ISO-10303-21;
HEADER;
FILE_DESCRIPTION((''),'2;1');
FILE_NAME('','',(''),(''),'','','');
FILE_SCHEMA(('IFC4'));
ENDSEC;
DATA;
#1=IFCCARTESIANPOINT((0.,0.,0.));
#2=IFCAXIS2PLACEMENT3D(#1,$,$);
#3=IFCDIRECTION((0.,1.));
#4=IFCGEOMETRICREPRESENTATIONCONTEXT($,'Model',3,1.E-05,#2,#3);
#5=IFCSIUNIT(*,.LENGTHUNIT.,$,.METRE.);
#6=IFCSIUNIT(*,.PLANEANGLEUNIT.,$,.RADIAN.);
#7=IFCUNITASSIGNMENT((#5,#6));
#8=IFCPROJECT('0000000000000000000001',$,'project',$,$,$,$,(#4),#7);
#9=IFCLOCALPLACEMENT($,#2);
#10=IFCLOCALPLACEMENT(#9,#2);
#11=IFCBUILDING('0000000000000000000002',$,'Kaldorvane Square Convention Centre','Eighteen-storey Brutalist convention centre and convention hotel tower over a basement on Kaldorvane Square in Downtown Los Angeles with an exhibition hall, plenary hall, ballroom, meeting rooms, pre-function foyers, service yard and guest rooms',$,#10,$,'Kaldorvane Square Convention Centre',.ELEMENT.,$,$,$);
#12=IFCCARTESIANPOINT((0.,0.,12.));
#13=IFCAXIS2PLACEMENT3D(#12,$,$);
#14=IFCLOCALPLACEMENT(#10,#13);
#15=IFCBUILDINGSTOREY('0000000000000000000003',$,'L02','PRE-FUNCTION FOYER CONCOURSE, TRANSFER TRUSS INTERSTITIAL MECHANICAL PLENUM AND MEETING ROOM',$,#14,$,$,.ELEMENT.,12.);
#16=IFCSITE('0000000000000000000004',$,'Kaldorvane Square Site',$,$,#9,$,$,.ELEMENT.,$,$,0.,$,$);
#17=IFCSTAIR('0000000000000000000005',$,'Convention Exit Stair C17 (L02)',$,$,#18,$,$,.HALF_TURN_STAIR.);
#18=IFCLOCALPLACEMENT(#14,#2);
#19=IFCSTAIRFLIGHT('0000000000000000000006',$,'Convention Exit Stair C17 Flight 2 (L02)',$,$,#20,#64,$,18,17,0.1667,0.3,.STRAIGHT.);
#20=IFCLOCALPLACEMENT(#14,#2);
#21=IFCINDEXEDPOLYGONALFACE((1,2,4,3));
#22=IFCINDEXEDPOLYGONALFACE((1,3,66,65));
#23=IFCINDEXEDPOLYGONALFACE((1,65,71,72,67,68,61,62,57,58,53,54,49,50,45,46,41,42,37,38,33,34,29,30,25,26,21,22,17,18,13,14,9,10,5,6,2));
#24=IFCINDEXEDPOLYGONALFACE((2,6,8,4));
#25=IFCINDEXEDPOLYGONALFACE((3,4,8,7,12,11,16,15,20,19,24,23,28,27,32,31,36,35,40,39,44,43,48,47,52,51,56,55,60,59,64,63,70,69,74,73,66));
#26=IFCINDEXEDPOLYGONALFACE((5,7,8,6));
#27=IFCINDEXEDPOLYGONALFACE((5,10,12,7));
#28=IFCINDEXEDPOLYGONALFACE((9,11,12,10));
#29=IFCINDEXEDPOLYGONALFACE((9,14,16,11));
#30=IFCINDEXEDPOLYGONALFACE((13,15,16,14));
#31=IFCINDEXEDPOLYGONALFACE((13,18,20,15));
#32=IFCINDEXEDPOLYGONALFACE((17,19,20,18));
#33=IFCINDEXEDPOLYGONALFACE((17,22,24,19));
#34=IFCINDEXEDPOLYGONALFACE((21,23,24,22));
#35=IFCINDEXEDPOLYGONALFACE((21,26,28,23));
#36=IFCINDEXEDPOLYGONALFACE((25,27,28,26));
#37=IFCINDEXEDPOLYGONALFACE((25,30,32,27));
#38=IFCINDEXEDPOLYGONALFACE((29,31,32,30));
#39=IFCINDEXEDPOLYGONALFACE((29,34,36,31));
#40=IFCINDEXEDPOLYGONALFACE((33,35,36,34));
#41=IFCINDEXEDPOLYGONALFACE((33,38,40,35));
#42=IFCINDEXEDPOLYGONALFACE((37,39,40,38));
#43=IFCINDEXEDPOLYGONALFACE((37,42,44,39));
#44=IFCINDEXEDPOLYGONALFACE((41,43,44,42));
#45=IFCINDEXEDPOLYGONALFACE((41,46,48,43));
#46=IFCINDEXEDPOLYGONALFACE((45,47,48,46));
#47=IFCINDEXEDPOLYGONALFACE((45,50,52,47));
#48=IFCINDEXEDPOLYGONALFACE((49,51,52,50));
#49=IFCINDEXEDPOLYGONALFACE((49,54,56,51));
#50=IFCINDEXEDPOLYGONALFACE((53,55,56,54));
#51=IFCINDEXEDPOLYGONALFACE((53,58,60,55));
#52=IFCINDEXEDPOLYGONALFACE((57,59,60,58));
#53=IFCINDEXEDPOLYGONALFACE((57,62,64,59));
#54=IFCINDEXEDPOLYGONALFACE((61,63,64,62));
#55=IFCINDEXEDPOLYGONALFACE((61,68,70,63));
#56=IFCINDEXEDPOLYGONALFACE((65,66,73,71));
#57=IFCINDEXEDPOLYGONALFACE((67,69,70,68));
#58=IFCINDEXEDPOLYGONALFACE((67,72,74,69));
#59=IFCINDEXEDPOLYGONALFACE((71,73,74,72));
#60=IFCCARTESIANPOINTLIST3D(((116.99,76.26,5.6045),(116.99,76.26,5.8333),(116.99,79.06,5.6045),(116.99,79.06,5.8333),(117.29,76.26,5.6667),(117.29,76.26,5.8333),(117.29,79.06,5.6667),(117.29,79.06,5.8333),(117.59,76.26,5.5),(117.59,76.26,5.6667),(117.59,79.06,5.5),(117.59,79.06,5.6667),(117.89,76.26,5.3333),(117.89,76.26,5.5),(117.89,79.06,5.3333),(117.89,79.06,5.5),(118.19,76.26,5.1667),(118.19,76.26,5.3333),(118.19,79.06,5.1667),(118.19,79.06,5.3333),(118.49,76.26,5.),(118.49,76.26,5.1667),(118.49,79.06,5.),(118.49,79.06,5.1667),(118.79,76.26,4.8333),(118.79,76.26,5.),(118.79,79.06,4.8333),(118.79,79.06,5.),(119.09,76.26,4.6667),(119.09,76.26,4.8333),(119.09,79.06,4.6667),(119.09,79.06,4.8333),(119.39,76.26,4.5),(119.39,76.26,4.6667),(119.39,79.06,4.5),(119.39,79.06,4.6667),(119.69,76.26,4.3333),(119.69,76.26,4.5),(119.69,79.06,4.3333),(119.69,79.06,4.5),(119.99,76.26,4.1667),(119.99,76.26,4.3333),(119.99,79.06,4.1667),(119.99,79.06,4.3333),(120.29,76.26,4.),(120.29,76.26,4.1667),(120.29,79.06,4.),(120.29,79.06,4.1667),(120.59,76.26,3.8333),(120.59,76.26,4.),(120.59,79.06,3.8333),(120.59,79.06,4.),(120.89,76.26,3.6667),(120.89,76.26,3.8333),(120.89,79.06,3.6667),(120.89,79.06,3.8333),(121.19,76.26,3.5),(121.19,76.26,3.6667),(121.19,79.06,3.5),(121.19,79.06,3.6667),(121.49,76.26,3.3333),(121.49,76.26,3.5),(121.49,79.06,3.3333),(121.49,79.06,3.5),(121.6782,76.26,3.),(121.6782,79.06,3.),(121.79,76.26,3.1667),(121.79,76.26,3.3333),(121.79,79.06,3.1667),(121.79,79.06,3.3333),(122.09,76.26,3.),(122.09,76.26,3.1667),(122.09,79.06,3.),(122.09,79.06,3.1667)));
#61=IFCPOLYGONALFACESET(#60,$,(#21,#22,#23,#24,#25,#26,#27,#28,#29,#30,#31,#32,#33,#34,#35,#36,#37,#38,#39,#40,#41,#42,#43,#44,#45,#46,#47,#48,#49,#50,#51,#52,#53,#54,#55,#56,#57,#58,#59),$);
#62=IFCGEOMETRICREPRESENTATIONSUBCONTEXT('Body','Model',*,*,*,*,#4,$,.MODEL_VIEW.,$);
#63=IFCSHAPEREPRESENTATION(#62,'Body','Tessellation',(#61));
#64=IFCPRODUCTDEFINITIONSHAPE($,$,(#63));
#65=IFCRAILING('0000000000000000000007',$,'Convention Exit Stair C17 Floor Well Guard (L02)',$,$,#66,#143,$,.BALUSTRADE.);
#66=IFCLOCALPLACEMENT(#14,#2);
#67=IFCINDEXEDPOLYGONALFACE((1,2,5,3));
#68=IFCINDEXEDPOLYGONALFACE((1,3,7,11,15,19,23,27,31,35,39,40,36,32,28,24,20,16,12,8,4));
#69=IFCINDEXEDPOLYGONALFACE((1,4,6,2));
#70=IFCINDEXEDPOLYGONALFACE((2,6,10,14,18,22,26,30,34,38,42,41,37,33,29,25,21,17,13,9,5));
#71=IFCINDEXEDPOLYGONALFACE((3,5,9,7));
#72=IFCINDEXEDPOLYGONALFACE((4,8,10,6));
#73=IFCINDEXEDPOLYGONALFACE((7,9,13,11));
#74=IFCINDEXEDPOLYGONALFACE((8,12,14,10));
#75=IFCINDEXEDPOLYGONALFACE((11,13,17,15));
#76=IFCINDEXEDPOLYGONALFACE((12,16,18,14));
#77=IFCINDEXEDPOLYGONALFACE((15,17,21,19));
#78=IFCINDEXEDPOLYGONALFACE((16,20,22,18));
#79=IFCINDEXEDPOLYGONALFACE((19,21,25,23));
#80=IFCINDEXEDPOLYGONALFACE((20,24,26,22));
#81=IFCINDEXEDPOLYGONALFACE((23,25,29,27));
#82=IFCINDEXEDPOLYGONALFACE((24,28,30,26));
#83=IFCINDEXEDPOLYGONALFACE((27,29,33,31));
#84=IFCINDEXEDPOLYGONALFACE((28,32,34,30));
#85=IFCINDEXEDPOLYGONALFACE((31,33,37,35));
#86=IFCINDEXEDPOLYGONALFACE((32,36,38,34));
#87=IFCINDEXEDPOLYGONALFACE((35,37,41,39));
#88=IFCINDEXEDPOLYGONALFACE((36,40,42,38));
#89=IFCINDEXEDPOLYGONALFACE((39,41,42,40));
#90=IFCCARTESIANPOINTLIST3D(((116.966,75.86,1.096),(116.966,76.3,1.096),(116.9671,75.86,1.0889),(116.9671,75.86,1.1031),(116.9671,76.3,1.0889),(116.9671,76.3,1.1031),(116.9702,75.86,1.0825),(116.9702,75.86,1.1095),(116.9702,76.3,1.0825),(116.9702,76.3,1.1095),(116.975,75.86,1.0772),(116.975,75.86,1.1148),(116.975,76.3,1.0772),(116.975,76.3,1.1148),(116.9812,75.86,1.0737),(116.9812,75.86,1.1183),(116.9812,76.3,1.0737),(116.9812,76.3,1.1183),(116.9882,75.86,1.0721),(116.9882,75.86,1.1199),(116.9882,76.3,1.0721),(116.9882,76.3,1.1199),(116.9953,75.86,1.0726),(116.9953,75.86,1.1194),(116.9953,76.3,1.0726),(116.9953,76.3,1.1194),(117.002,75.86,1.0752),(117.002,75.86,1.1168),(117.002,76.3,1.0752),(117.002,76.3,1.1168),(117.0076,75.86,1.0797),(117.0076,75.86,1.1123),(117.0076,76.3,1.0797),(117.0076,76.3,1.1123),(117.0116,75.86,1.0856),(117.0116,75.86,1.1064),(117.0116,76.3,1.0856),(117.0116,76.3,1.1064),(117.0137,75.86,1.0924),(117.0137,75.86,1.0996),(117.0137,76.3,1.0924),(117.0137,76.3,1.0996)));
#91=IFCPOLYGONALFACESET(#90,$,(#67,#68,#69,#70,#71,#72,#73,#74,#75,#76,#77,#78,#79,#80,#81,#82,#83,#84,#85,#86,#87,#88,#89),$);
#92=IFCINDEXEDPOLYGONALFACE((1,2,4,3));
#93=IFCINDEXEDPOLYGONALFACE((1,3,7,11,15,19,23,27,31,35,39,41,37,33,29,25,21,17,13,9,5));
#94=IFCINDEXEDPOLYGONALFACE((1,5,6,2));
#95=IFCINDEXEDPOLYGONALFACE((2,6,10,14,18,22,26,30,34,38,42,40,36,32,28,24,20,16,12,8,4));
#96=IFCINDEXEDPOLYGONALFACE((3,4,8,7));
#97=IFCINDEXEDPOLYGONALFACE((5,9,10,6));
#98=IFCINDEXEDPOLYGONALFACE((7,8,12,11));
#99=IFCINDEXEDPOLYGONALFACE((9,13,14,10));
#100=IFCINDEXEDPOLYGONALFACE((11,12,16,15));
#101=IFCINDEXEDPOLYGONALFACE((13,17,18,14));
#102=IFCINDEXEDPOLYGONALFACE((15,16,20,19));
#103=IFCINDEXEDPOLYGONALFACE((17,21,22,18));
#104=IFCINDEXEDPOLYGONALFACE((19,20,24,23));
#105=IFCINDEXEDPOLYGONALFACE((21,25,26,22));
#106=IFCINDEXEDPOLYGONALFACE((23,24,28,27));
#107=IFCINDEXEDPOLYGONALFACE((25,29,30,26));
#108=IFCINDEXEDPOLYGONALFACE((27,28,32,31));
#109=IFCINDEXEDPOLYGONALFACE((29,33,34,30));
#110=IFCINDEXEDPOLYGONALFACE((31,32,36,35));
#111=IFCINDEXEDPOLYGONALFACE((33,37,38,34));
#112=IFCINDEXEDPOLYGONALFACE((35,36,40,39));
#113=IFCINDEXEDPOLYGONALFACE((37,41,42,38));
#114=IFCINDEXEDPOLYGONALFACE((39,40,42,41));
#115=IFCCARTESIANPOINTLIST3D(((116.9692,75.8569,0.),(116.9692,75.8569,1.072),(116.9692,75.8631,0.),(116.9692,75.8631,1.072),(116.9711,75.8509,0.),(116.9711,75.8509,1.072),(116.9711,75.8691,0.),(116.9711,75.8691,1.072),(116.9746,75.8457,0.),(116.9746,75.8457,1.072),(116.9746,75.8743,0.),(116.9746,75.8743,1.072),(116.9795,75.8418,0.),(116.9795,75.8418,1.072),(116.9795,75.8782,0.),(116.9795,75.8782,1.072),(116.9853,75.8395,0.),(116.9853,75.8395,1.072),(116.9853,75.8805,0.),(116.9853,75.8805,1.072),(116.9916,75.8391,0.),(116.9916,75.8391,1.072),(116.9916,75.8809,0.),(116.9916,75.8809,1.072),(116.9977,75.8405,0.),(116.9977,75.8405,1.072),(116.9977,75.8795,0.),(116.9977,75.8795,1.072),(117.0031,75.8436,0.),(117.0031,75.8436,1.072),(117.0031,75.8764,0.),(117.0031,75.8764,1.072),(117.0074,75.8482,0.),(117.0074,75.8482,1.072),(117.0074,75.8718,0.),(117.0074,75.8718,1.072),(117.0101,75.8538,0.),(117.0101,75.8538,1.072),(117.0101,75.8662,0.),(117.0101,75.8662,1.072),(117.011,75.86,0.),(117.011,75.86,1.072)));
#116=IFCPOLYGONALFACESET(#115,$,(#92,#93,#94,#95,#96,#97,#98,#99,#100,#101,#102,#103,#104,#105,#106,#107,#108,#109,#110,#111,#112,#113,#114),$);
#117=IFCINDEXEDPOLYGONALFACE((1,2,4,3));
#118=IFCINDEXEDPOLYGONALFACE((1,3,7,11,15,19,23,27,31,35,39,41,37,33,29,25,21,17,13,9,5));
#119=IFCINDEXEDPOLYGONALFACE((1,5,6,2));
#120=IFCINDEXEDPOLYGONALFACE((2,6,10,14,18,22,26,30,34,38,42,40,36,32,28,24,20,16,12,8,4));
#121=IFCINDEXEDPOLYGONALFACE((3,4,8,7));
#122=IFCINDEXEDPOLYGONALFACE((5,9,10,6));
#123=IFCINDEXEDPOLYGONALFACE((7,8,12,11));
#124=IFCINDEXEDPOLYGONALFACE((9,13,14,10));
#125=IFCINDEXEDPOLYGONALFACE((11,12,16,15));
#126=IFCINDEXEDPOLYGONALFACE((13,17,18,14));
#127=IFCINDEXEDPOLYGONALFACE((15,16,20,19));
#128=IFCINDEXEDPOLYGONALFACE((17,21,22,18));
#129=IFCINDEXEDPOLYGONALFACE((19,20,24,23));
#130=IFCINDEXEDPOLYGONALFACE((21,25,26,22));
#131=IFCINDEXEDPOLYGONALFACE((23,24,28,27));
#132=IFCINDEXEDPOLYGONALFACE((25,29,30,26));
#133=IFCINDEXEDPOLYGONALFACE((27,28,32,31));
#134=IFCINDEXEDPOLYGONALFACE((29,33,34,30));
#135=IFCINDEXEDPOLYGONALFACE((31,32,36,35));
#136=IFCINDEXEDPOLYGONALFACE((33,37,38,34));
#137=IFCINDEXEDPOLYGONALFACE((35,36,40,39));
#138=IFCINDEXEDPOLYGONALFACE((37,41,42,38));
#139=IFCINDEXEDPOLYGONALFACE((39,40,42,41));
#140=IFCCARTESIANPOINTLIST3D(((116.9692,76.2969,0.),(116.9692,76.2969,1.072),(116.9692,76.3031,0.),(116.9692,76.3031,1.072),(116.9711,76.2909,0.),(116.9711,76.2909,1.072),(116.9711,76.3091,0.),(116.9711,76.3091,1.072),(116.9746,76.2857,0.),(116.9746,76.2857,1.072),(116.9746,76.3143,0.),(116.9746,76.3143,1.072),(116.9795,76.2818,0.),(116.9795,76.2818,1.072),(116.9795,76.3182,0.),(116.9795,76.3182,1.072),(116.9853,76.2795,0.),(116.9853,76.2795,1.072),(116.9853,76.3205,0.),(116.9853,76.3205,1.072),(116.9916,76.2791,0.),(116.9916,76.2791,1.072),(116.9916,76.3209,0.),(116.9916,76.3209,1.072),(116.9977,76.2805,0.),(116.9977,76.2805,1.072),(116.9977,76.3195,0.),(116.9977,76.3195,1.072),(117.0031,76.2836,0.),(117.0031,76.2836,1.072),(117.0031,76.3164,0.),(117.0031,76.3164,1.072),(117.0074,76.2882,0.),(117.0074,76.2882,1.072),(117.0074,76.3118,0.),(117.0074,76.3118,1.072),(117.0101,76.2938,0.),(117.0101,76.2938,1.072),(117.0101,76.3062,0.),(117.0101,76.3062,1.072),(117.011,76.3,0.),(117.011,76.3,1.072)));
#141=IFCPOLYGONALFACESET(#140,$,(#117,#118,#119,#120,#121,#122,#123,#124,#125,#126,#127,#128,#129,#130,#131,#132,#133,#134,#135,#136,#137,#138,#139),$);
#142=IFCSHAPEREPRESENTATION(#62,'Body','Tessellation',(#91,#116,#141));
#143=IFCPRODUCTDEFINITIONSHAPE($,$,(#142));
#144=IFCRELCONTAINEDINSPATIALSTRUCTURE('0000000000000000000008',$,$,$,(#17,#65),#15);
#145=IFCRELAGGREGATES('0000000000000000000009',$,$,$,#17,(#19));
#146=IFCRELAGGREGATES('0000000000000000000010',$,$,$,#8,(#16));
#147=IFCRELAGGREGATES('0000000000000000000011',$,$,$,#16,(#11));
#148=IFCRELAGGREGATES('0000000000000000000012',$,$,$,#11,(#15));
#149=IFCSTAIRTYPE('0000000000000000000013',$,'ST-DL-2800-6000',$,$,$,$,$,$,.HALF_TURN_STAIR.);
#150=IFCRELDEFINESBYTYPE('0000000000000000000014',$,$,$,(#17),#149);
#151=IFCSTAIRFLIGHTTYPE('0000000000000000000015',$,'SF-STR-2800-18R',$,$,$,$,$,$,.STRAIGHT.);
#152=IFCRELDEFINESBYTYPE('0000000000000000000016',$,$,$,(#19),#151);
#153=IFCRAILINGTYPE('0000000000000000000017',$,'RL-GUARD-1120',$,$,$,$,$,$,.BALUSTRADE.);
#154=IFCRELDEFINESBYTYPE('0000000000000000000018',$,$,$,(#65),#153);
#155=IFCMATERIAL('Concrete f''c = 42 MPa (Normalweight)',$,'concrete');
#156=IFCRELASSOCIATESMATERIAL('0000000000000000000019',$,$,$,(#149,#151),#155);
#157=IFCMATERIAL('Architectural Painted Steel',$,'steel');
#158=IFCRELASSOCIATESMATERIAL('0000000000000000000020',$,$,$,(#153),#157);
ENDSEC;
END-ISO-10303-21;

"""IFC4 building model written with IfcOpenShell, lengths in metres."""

from ifc_helpers import new_model, si_unit, direction, frame, origin, origin_2d, place, context, subcontext, project, spatial, polyline, circle, outline, extrude, material, type_object, element, aggregate, save


model = new_model("IFC4")

# Units and contexts
model_context = context("Model", 3, precision=1e-05, world=origin(), true_north=direction((0.0, 1.0)))
body_context = subcontext(model_context, "Body", "Model", "MODEL_VIEW")
ifc_project = project(units=[si_unit("LENGTHUNIT", "METRE"), si_unit("PLANEANGLEUNIT", "RADIAN")], contexts=[model_context])

# Site, building, storey
site_placement = place(None, origin())
site = spatial("IfcSite", under=ifc_project, at=site_placement, Name="Kaldorvane Square Site", CompositionType="ELEMENT", RefElevation=0.0)
building_placement = place(site_placement, origin())
building = spatial("IfcBuilding", under=site, at=building_placement, Name="Kaldorvane Square Convention Centre", Description="Eighteen-storey Brutalist convention centre and convention hotel tower over a basement on Kaldorvane Square in Downtown Los Angeles with an exhibition hall, plenary hall, ballroom, meeting rooms, pre-function foyers, service yard and guest rooms", LongName="Kaldorvane Square Convention Centre", CompositionType="ELEMENT")
storey_placement = place(building_placement, frame((0.0, 0.0, 12.0)))
storey = spatial("IfcBuildingStorey", under=building, at=storey_placement, Name="L02", Description="PRE-FUNCTION FOYER CONCOURSE, TRANSFER TRUSS INTERSTITIAL MECHANICAL PLENUM AND MEETING ROOM", CompositionType="ELEMENT", Elevation=12.0)

# Stair, stair flight
ifc_material_1 = material(Name="Concrete f'c = 42 MPa (Normalweight)", Category="concrete")
stair_type_1 = type_object("IfcStairType", Name="ST-DL-2800-6000", PredefinedType="HALF_TURN_STAIR", material=ifc_material_1)
stair_1_placement = place(storey_placement, origin())
stair_1 = element("IfcStair", 1, at=stair_1_placement, inside=storey, type_object=stair_type_1, Name="Convention Exit Stair C17 (L02)", PredefinedType="HALF_TURN_STAIR")
stair_flight_type_1 = type_object("IfcStairFlightType", Name="SF-STR-2800-18R", PredefinedType="STRAIGHT", material=ifc_material_1)
stair_flight_1_placement = place(storey_placement, frame((122.09, 77.66, 3.0), z_axis=(0.0, 0.0, 1.0), x_axis=(-1.0, 0.0, 0.0)))
stair_flight_1 = element("IfcStairFlight", 2, at=stair_flight_1_placement, type_object=stair_flight_type_1, Name="Convention Exit Stair C17 Flight 2 (L02)", NumberOfRisers=18, NumberOfTreads=17, PredefinedType="STRAIGHT", RiserHeight=0.1667, TreadLength=0.3, context=body_context, shape_type="SweptSolid", body=[
    extrude(outline(polyline([(0.0, 0.0), (0.0, 0.1667), (0.3, 0.1667), (0.3, 0.3333), (0.6, 0.3333), (0.6, 0.5), (0.9, 0.5), (0.9, 0.6667), (1.2, 0.6667), (1.2, 0.8333), (1.5, 0.8333), (1.5, 1.0), (1.8, 1.0), (1.8, 1.1667), (2.1, 1.1667), (2.1, 1.3333), (2.4, 1.3333), (2.4, 1.5), (2.7, 1.5), (2.7, 1.6667), (3.0, 1.6667), (3.0, 1.8333), (3.3, 1.8333), (3.3, 2.0), (3.6, 2.0), (3.6, 2.1667), (3.9, 2.1667), (3.9, 2.3333), (4.2, 2.3333), (4.2, 2.5), (4.5, 2.5), (4.5, 2.6667), (4.8, 2.6667), (4.8, 2.8333), (5.1, 2.8333), (5.1, 3.0), (5.1, 2.6045), (0.4118, 0.0), (0.0, 0.0)])), frame((0.0, 1.4, 0.0), z_axis=(0.0, -1.0, 0.0), x_axis=(1.0, 0.0, 0.0)), (0.0, 0.0, 1.0), 2.8),
])
aggregate(stair_1, [stair_flight_1])

# Railing
ifc_material_2 = material(Name="Architectural Painted Steel", Category="steel")
railing_type_1 = type_object("IfcRailingType", Name="RL-GUARD-1120", PredefinedType="BALUSTRADE", material=ifc_material_2)
for number, where, name in (
    (3, (116.99, 75.86, 0.0), "Convention Exit Stair C17 Floor Well Guard (L02)"),
):
    element("IfcRailing", number, at=place(storey_placement, frame(where)), inside=storey, type_object=railing_type_1, Name=name, PredefinedType="BALUSTRADE", context=body_context, shape_type="SweptSolid", body=[
        extrude(circle(Radius=0.024, at=origin_2d()), frame((0.0, 0.0, 1.096), z_axis=(0.0, 1.0, 0.0), x_axis=(-1.0, 0.0, 0.0)), (0.0, 0.0, 1.0), 0.44),
        extrude(circle(Radius=0.021, at=origin_2d()), origin(), (0.0, 0.0, 1.0), 1.072),
        extrude(circle(Radius=0.021, at=origin_2d()), frame((0.0, 0.44, 0.0)), (0.0, 0.0, 1.0), 1.072),
    ])

save(model, "model.ifc")
